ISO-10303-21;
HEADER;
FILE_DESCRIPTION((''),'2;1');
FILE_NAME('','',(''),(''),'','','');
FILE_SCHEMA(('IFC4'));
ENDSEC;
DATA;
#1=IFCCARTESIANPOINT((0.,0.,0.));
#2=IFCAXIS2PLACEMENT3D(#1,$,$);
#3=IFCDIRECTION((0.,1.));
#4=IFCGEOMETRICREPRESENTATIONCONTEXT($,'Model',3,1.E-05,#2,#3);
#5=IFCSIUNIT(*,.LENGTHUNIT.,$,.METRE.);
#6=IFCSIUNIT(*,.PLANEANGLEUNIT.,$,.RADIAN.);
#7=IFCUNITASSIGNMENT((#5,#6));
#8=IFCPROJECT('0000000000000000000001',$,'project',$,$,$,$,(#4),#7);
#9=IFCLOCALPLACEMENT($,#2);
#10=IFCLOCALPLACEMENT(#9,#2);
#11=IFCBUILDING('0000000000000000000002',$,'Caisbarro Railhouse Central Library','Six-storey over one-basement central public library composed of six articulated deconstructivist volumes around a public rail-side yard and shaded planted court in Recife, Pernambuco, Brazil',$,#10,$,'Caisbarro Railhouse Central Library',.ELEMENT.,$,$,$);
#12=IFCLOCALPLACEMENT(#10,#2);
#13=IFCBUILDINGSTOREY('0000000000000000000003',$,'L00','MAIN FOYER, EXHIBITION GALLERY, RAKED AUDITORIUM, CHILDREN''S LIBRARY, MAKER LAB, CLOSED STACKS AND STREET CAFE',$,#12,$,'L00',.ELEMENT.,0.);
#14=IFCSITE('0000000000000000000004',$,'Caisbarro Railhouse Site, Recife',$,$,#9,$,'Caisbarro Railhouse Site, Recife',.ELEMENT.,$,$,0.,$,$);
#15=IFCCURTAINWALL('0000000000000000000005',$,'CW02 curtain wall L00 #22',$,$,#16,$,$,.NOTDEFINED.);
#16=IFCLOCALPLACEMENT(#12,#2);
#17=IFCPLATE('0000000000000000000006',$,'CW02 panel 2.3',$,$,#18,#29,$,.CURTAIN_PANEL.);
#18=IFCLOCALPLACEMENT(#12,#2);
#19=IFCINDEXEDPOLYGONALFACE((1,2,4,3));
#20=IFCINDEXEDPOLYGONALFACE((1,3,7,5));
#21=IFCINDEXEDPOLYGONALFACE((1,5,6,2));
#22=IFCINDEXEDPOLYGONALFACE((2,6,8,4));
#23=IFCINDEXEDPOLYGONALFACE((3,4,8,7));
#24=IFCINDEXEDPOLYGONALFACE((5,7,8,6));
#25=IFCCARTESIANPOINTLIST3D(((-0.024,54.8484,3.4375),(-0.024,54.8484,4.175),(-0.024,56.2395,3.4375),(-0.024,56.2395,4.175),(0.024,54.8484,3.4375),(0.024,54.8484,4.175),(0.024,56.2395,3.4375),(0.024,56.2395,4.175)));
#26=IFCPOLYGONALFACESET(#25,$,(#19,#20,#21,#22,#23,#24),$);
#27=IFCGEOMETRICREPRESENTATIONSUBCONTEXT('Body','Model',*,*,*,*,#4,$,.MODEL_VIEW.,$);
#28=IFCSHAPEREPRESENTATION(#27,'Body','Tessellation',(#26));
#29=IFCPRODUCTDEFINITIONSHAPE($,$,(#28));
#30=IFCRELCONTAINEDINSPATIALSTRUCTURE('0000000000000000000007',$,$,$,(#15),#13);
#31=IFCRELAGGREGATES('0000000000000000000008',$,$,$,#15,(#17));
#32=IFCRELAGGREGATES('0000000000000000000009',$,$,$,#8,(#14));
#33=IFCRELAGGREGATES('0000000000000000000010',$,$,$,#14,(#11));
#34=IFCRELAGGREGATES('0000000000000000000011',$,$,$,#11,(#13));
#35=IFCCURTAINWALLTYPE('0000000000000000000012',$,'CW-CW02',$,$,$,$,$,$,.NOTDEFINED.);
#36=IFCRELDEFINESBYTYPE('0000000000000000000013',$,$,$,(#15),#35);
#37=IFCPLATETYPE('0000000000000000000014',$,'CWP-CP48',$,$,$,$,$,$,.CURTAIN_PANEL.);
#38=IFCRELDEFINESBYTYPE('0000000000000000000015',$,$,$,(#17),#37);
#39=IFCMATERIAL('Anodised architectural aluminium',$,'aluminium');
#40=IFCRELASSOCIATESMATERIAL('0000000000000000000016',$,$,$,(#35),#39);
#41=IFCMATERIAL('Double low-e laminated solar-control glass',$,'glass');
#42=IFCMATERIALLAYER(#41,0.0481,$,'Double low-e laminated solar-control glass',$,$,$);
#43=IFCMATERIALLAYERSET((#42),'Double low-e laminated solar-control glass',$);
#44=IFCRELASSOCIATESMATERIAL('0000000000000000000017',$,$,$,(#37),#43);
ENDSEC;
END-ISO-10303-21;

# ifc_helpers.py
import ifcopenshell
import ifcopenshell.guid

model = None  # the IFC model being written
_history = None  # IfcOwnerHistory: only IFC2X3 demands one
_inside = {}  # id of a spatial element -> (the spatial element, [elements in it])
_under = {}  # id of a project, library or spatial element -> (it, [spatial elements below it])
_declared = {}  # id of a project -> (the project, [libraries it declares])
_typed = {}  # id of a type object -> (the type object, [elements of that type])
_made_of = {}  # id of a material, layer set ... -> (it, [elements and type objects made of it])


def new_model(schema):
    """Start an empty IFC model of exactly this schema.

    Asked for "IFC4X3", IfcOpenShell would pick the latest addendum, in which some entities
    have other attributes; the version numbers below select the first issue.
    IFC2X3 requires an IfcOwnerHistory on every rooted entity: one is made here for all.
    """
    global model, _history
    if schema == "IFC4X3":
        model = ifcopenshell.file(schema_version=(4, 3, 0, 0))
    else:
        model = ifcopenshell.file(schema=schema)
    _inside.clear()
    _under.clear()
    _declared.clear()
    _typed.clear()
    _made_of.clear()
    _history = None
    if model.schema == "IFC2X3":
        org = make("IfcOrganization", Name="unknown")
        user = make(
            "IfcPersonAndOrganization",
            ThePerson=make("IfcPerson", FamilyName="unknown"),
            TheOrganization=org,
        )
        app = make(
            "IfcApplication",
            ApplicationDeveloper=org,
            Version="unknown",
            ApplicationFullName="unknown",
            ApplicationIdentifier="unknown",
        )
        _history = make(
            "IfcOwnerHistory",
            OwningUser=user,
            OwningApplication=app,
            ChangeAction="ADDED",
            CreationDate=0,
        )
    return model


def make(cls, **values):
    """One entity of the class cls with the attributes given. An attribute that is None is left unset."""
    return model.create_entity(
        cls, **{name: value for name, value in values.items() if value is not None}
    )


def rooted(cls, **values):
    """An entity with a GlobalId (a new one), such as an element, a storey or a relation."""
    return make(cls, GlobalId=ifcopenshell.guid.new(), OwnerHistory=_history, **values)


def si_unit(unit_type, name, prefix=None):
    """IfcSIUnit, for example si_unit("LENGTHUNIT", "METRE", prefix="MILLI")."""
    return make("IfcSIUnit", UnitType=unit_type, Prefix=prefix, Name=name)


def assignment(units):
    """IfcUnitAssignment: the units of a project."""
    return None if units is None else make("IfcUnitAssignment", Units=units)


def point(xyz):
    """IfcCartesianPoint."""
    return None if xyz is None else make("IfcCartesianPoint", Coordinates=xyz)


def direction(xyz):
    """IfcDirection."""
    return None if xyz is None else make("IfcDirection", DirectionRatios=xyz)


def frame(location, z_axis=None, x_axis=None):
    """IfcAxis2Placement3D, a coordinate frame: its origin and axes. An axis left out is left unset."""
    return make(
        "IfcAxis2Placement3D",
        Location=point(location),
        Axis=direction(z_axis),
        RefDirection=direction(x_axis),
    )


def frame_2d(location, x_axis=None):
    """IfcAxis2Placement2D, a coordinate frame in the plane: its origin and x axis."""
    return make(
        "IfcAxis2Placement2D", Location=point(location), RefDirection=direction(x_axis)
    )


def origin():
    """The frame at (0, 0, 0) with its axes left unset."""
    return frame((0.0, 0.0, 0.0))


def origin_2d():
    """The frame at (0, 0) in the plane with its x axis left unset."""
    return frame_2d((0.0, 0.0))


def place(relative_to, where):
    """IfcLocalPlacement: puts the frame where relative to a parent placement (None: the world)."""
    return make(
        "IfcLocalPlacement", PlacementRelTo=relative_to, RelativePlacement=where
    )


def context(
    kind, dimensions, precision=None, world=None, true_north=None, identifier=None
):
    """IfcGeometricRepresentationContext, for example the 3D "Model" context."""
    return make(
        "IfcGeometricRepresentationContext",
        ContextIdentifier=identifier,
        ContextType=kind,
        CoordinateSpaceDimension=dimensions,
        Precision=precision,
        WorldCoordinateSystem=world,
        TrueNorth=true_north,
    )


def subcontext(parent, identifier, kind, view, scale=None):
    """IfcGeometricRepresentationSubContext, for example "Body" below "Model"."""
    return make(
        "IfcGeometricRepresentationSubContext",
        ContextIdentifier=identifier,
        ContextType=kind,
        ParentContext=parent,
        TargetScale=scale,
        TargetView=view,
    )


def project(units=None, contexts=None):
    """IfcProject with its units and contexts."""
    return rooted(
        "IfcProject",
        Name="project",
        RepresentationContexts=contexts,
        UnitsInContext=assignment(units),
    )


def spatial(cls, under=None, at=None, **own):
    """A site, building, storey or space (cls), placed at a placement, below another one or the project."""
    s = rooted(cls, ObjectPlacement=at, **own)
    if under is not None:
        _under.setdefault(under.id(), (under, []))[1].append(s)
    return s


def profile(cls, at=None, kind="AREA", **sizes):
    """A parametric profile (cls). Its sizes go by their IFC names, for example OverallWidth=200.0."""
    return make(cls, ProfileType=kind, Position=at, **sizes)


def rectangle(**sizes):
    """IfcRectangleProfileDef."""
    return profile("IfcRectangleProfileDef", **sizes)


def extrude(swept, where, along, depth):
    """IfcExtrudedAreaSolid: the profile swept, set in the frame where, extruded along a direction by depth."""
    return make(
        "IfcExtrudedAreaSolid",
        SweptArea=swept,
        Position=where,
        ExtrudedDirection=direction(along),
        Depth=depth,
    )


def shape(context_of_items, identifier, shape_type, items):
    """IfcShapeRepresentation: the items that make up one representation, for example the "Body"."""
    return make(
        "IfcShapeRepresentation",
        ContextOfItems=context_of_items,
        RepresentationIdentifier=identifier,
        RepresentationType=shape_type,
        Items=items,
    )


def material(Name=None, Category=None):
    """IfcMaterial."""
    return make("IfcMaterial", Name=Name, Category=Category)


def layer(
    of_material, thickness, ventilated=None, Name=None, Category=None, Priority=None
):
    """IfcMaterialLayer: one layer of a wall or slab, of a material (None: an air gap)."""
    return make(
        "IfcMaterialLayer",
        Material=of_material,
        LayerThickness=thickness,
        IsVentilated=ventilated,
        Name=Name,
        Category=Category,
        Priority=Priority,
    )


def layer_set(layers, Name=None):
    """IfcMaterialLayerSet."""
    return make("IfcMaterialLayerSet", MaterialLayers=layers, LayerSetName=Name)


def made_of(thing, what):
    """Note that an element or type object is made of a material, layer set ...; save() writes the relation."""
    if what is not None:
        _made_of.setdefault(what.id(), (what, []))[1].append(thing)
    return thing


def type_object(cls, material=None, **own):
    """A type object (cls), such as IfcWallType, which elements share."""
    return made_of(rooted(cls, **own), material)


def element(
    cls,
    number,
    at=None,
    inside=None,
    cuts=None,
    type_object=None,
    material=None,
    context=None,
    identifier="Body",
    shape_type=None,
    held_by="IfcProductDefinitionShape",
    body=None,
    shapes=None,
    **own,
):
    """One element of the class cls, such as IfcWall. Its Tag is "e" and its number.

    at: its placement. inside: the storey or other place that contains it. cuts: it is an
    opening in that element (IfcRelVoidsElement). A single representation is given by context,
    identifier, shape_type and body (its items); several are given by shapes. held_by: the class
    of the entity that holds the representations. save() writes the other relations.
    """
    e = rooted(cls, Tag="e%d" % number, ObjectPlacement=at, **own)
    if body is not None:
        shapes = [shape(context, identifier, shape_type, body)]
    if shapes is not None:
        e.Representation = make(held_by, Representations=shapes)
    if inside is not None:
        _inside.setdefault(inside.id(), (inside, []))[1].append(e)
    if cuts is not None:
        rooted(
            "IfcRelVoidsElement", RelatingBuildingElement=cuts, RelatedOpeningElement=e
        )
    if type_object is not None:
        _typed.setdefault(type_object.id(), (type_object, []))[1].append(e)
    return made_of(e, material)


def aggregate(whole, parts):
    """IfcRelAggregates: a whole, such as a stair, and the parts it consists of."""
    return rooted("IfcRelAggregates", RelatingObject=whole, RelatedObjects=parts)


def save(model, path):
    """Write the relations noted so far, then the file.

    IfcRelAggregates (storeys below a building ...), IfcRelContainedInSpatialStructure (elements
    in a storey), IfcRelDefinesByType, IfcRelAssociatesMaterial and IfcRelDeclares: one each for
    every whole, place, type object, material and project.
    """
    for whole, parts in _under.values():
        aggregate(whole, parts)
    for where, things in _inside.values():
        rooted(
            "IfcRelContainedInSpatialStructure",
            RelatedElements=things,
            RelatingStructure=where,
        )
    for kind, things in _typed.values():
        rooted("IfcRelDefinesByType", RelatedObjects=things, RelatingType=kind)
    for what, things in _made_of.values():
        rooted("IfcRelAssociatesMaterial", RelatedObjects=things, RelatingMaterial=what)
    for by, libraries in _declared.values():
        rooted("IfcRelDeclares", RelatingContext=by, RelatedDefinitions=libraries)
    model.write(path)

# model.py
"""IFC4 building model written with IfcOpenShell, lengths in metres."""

from ifc_helpers import new_model, si_unit, direction, frame, origin, origin_2d, place, context, subcontext, project, spatial, rectangle, extrude, material, layer, layer_set, type_object, element, aggregate, save


model = new_model("IFC4")

# Units and contexts
model_context = context("Model", 3, precision=1e-05, world=origin(), true_north=direction((0.0, 1.0)))
body_context = subcontext(model_context, "Body", "Model", "MODEL_VIEW")
ifc_project = project(units=[si_unit("LENGTHUNIT", "METRE"), si_unit("PLANEANGLEUNIT", "RADIAN")], contexts=[model_context])

# Site, building, storey
site_placement = place(None, origin())
site = spatial("IfcSite", under=ifc_project, at=site_placement, Name="Caisbarro Railhouse Site, Recife", LongName="Caisbarro Railhouse Site, Recife", CompositionType="ELEMENT", RefElevation=0.0)
building_placement = place(site_placement, origin())
building = spatial("IfcBuilding", under=site, at=building_placement, Name="Caisbarro Railhouse Central Library", Description="Six-storey over one-basement central public library composed of six articulated deconstructivist volumes around a public rail-side yard and shaded planted court in Recife, Pernambuco, Brazil", LongName="Caisbarro Railhouse Central Library", CompositionType="ELEMENT")
storey_placement = place(building_placement, origin())
storey = spatial("IfcBuildingStorey", under=building, at=storey_placement, Name="L00", Description="MAIN FOYER, EXHIBITION GALLERY, RAKED AUDITORIUM, CHILDREN'S LIBRARY, MAKER LAB, CLOSED STACKS AND STREET CAFE", LongName="L00", CompositionType="ELEMENT", Elevation=0.0)

# Curtain wall, plate
ifc_material_1 = material(Name="Anodised architectural aluminium", Category="aluminium")
curtain_wall_type = type_object("IfcCurtainWallType", Name="CW-CW02", PredefinedType="NOTDEFINED", material=ifc_material_1)
curtain_wall_placement = place(storey_placement, origin())
curtain_wall = element("IfcCurtainWall", 1, at=curtain_wall_placement, inside=storey, type_object=curtain_wall_type, Name="CW02 curtain wall L00 #22", PredefinedType="NOTDEFINED")
ifc_material_2 = material(Name="Double low-e laminated solar-control glass", Category="glass")
ifc_layer = layer(ifc_material_2, 0.0481, Name="Double low-e laminated solar-control glass")
ifc_layer_set = layer_set([ifc_layer], Name="Double low-e laminated solar-control glass")
plate_type = type_object("IfcPlateType", Name="CWP-CP48", PredefinedType="CURTAIN_PANEL", material=ifc_layer_set)
plate_1_placement = place(storey_placement, frame((0.0, 55.5439, 3.4375), z_axis=(0.0, 0.0, 1.0), x_axis=(0.0, 1.0, 0.0)))
plate_1 = element("IfcPlate", 2, at=plate_1_placement, type_object=plate_type, Name="CW02 panel 2.3", PredefinedType="CURTAIN_PANEL", context=body_context, shape_type="SweptSolid", body=[
    extrude(rectangle(XDim=1.3911, YDim=0.0481, at=origin_2d()), origin(), (0.0, 0.0, 1.0), 0.7375),
])
aggregate(curtain_wall, [plate_1])

save(model, "model.ifc")
